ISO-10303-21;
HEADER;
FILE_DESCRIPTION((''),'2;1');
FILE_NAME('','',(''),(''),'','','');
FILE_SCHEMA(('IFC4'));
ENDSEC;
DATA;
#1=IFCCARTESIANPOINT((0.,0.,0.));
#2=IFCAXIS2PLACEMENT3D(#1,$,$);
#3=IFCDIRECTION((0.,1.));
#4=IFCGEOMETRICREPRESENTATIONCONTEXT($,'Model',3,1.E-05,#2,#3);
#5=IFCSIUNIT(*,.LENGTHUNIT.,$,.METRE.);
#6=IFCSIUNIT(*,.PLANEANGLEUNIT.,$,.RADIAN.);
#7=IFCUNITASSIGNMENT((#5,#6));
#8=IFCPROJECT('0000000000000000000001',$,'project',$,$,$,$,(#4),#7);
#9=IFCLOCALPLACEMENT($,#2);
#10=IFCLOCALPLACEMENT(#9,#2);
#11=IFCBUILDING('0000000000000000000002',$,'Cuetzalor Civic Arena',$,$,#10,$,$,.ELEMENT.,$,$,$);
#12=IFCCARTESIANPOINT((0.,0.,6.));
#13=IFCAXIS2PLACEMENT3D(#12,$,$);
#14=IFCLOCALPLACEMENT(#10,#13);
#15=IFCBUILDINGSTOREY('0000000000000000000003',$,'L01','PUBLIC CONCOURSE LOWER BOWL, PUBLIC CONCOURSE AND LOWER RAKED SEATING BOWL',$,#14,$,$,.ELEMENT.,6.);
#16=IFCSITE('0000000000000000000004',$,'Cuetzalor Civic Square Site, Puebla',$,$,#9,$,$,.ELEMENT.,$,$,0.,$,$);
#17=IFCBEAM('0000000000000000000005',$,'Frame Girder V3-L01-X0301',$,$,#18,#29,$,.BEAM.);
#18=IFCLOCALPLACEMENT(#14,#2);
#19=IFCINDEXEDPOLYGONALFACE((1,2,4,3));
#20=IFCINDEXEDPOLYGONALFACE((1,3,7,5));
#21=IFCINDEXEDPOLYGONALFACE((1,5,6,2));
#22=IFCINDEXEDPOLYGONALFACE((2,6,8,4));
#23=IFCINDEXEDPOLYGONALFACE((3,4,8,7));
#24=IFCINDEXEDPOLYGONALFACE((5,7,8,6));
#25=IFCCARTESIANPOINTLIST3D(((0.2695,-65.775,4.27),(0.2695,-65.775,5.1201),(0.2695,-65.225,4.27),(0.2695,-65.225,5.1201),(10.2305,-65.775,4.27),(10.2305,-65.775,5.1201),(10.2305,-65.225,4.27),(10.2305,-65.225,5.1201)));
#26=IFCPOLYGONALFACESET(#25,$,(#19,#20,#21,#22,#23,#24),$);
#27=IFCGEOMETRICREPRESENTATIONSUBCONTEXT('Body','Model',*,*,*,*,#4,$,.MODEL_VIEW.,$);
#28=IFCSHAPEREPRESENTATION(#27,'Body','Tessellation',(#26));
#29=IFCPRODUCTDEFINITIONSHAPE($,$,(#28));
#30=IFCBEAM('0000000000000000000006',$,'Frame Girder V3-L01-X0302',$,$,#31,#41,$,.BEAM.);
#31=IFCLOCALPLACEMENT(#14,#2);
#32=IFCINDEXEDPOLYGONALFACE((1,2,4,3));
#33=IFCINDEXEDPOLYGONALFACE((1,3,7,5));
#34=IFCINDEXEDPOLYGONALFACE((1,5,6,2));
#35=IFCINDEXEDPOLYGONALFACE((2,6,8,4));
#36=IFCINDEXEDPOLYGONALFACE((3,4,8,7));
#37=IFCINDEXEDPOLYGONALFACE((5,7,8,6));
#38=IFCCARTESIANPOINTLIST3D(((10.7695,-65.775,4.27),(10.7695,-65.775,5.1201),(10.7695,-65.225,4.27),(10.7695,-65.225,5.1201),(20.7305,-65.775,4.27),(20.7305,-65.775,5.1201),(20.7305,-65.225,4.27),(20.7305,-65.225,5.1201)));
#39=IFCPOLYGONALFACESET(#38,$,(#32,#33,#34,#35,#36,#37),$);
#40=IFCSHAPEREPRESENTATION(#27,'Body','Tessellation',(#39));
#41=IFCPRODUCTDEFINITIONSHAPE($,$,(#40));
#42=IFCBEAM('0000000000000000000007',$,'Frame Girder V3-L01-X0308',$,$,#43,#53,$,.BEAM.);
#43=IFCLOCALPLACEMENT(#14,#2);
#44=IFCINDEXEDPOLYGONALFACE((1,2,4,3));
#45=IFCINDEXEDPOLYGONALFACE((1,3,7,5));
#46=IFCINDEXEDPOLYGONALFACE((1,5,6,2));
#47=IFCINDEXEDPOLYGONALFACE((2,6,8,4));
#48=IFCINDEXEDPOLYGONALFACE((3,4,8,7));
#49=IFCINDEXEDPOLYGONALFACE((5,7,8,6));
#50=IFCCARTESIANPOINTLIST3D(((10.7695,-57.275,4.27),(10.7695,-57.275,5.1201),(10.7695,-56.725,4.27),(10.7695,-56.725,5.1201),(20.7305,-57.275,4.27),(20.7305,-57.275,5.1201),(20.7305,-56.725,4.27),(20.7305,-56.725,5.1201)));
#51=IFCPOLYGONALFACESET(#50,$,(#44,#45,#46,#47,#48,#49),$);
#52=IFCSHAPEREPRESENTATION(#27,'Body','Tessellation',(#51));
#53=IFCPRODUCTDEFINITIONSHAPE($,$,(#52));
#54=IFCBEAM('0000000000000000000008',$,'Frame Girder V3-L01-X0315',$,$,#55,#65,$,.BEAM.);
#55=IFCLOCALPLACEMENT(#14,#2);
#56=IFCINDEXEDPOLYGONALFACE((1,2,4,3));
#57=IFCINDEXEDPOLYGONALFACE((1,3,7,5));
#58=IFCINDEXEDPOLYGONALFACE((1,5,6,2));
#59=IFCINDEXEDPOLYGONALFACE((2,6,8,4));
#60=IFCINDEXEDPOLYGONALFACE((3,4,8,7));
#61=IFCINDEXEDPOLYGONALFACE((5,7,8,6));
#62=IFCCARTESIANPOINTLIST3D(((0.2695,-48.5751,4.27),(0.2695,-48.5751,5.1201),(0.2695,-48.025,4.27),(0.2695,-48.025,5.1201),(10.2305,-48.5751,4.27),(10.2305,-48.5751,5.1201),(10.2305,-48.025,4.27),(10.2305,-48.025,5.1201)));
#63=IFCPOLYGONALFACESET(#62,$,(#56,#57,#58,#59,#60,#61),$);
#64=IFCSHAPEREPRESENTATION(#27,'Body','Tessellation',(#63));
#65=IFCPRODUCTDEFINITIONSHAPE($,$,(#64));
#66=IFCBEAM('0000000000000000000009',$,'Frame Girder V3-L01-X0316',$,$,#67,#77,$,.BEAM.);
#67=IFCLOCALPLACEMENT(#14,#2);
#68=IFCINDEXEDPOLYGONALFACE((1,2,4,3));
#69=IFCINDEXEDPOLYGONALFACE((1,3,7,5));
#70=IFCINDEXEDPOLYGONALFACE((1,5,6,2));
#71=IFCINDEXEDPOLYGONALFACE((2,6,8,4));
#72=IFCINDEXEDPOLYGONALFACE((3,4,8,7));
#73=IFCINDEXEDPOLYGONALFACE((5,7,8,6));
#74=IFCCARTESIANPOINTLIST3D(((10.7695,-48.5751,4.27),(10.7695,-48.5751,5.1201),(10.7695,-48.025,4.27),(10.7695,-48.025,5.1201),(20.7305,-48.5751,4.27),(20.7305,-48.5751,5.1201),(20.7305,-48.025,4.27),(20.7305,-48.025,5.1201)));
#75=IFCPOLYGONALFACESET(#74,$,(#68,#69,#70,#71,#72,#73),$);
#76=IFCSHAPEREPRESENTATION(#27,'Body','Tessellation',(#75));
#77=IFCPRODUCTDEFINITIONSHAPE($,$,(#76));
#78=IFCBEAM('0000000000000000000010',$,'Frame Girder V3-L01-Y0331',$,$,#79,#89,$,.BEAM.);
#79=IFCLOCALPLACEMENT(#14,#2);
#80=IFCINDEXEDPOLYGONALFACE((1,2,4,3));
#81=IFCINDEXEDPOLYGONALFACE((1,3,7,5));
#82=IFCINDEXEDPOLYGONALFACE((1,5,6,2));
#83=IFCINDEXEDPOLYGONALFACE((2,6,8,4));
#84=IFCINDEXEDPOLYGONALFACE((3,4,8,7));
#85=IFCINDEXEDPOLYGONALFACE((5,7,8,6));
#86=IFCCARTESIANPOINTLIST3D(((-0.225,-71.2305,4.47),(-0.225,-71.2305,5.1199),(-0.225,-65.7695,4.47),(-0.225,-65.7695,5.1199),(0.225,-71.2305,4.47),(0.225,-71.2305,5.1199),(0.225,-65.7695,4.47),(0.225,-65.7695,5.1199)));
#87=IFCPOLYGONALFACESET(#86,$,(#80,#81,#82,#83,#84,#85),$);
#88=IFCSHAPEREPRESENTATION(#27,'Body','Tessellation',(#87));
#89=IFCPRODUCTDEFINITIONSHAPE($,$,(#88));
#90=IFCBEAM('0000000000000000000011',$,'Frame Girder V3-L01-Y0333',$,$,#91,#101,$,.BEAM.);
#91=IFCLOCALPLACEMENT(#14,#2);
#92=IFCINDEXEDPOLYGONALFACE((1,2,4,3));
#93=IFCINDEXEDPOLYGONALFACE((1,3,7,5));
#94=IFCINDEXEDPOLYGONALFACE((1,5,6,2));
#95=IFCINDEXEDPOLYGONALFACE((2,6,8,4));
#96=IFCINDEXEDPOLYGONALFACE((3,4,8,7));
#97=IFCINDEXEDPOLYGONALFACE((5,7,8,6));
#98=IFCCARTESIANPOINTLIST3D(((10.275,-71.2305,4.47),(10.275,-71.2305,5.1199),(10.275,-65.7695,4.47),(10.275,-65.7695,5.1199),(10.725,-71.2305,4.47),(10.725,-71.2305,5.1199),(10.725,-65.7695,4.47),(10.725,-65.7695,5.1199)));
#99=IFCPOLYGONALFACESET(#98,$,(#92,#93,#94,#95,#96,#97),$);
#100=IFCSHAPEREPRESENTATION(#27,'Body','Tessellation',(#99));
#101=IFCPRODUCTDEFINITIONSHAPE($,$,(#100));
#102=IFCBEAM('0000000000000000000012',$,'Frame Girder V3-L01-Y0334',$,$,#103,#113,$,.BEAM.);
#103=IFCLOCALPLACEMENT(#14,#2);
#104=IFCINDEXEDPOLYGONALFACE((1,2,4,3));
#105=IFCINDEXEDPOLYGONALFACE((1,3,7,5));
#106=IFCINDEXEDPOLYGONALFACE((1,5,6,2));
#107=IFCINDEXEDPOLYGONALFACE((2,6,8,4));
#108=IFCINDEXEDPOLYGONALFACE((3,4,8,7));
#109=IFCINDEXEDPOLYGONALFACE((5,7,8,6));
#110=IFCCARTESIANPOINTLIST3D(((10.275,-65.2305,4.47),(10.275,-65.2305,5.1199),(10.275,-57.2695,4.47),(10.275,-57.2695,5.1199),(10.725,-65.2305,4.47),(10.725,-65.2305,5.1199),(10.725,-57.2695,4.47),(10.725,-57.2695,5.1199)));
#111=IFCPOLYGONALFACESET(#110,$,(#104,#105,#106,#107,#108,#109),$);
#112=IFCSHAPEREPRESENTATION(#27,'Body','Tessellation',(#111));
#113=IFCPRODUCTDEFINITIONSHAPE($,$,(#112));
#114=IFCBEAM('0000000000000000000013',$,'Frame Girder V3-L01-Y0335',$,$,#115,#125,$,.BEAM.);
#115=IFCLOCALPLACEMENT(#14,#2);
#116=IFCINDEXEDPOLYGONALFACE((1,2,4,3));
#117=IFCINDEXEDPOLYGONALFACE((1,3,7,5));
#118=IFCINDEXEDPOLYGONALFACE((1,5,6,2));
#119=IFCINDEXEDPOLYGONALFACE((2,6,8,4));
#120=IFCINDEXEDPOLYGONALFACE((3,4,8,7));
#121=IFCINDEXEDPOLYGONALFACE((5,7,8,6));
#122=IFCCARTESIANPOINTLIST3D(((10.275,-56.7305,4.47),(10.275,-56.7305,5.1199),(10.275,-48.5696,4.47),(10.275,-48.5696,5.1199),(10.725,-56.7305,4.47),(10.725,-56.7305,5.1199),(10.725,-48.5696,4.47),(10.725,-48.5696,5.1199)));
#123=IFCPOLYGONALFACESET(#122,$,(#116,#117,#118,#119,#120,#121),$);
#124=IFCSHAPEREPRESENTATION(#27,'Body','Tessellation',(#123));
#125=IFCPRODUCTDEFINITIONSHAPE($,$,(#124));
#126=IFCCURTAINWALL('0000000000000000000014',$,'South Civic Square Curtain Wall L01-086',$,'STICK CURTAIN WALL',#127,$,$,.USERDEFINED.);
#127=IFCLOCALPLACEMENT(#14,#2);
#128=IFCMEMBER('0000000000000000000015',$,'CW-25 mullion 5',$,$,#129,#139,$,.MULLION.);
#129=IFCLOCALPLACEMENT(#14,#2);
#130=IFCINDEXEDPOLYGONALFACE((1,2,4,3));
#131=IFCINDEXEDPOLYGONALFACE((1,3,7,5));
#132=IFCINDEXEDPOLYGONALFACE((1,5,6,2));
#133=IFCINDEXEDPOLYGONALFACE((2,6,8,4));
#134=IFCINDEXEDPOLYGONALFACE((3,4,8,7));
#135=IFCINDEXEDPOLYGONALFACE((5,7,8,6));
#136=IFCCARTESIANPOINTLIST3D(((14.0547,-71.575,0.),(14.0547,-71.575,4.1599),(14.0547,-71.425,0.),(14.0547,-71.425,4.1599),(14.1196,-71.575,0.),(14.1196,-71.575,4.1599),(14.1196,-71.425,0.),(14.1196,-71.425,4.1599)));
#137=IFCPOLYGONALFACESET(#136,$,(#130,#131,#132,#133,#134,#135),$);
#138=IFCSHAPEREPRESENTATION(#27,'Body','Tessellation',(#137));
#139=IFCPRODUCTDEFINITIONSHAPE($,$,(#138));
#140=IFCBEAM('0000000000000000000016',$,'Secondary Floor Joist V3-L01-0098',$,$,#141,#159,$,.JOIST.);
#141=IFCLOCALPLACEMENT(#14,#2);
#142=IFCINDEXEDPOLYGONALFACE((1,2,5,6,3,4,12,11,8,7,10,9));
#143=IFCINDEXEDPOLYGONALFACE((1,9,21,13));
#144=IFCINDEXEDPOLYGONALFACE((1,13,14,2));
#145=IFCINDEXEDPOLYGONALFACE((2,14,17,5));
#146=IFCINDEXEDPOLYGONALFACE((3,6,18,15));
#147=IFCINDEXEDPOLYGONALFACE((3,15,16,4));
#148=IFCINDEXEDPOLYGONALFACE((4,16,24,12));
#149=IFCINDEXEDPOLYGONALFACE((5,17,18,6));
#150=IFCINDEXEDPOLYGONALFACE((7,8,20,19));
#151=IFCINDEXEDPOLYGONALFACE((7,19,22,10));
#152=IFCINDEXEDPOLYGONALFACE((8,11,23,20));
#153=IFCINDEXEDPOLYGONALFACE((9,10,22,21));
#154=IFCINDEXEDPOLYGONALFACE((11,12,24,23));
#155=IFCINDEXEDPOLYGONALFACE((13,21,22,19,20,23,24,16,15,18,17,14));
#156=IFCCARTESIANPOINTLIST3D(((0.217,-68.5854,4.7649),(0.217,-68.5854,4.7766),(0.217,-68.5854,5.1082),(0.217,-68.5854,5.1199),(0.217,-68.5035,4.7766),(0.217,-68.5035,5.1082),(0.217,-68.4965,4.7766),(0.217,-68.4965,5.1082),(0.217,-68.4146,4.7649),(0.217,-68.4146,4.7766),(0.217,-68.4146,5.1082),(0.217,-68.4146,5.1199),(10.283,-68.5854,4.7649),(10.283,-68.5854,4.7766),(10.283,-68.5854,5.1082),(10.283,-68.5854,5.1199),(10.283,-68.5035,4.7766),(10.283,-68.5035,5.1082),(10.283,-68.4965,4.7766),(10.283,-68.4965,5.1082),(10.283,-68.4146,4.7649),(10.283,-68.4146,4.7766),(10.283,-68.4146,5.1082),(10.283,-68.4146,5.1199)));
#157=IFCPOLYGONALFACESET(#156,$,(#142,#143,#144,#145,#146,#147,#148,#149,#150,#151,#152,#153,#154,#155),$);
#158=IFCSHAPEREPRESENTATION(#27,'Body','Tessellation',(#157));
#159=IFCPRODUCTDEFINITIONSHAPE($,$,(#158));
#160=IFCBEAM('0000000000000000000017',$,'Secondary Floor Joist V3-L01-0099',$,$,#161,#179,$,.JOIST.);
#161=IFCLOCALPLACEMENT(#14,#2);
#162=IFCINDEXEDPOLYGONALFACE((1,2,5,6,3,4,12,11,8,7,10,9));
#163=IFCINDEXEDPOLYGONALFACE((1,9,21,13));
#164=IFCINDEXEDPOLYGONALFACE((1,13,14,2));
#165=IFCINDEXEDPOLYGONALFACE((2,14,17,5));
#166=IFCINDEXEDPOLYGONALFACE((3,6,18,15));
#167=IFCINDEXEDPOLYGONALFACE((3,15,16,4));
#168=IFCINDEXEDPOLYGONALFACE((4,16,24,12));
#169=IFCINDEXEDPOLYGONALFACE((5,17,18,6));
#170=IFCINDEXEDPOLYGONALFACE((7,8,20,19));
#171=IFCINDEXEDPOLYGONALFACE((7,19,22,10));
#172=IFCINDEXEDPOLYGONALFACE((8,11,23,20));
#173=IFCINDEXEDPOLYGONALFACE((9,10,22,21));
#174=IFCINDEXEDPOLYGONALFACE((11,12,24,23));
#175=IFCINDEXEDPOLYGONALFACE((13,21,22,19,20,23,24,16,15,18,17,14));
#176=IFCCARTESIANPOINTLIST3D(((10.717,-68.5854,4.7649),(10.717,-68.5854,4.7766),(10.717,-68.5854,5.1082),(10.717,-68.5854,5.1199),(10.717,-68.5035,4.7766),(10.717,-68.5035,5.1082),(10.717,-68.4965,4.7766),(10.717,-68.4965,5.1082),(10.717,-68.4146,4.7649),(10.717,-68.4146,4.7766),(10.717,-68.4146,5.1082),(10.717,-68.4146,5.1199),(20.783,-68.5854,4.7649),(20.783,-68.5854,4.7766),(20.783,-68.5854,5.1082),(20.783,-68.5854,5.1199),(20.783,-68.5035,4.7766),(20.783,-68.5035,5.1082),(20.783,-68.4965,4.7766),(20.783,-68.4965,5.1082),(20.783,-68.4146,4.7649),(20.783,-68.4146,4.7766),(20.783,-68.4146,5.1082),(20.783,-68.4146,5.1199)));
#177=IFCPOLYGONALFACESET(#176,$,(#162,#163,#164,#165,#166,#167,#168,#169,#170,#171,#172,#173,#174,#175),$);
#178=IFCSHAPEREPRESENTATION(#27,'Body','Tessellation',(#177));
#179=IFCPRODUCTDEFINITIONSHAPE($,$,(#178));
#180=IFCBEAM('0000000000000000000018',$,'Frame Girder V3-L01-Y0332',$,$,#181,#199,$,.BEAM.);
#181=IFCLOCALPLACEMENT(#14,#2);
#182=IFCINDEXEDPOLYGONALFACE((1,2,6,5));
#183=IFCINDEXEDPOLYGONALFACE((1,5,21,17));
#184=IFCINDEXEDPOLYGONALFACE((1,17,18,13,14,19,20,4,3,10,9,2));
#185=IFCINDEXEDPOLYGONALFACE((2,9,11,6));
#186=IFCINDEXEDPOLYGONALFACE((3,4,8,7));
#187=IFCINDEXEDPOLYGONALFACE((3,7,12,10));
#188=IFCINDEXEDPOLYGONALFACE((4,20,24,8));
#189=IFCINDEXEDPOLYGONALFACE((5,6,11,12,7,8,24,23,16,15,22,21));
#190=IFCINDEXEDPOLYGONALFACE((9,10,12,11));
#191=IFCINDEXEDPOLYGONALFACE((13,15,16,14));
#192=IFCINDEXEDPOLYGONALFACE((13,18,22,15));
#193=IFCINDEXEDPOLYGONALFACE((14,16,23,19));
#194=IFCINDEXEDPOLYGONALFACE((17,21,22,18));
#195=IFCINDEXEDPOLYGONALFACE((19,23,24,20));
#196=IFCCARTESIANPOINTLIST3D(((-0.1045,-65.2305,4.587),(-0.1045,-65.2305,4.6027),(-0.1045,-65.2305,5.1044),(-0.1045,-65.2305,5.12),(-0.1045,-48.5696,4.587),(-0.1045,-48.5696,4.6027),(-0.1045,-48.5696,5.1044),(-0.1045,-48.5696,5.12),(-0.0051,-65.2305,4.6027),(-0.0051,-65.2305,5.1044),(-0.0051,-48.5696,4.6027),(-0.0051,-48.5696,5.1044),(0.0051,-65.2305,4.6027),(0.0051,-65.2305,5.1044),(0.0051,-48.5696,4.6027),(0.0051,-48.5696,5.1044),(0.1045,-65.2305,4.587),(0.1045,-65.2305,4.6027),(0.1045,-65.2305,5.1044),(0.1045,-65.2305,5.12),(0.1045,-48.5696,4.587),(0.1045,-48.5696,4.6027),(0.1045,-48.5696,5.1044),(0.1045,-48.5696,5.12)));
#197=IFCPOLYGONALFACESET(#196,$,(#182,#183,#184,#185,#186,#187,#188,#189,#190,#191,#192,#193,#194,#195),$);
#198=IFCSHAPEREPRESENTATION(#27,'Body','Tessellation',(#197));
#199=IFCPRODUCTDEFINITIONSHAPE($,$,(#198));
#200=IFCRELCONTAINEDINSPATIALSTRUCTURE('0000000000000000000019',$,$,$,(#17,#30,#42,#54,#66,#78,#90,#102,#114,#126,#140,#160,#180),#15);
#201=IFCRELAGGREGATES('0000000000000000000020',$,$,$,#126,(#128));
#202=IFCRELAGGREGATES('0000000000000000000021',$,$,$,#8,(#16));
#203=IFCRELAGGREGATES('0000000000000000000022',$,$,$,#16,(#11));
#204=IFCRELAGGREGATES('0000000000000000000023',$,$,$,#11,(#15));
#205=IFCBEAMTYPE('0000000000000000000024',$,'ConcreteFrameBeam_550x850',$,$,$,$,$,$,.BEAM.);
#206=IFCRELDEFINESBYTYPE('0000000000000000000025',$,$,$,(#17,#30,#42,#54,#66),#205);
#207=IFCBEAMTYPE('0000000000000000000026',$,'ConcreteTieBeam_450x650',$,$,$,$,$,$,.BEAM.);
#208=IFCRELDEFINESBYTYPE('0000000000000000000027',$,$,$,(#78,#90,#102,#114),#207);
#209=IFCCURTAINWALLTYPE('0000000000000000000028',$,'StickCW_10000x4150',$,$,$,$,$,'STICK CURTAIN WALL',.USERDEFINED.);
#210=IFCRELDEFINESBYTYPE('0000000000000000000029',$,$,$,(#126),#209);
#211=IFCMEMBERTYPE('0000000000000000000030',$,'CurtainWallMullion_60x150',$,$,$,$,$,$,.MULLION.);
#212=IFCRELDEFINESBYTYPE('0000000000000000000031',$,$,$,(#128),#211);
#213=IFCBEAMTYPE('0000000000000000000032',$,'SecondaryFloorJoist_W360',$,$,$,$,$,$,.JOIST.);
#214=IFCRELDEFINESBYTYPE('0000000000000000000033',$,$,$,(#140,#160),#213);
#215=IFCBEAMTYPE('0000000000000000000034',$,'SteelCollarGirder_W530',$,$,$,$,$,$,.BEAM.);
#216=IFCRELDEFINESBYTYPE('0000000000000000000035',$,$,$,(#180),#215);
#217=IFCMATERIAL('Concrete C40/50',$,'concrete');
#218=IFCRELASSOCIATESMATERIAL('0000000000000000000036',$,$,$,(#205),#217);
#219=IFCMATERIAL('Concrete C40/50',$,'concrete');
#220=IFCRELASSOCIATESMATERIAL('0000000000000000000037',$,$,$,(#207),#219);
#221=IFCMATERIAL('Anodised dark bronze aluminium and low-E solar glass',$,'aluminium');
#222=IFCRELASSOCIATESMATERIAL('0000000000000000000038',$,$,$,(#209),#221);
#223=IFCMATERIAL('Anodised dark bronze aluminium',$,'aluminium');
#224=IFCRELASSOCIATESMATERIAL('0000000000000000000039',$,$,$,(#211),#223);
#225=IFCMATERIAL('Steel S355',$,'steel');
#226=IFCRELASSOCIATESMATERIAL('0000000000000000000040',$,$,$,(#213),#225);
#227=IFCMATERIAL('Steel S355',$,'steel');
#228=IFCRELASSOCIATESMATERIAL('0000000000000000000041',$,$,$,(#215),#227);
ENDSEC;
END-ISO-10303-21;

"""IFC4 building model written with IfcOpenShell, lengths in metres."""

from ifc_helpers import new_model, si_unit, direction, frame, origin, origin_2d, place, context, subcontext, project, spatial, rectangle, i_section, extrude, material, material_profile, profile_set, type_object, element, aggregate, save


model = new_model("IFC4")

# Units and contexts
model_context = context("Model", 3, precision=1e-05, world=origin(), true_north=direction((0.0, 1.0)))
body_context = subcontext(model_context, "Body", "Model", "MODEL_VIEW")
ifc_project = project(units=[si_unit("LENGTHUNIT", "METRE"), si_unit("PLANEANGLEUNIT", "RADIAN")], contexts=[model_context])

# Site, building, storey
site_placement = place(None, origin())
site = spatial("IfcSite", under=ifc_project, at=site_placement, Name="Cuetzalor Civic Square Site, Puebla", CompositionType="ELEMENT", RefElevation=0.0)
building_placement = place(site_placement, origin())
building = spatial("IfcBuilding", under=site, at=building_placement, Name="Cuetzalor Civic Arena", CompositionType="ELEMENT")
storey_placement = place(building_placement, frame((0.0, 0.0, 6.0)))
storey = spatial("IfcBuildingStorey", under=building, at=storey_placement, Name="L01", Description="PUBLIC CONCOURSE LOWER BOWL, PUBLIC CONCOURSE AND LOWER RAKED SEATING BOWL", CompositionType="ELEMENT", Elevation=6.0)

# Beams
ifc_material_1 = material(Name="Concrete C40/50", Category="concrete")
ifc_material_profile_1 = material_profile(ifc_material_1, rectangle(XDim=0.55, YDim=0.8501, at=origin_2d()), Name="RC 550x850")
ifc_profile_set_1 = profile_set([ifc_material_profile_1], Name="Concrete C40/50")
beam_type_1 = type_object("IfcBeamType", Name="ConcreteFrameBeam_550x850", PredefinedType="BEAM", material=ifc_profile_set_1)
for number, where, z_axis, x_axis, name in (
    (1, (0.2695, -65.5, 4.6951), (1.0, 0.0, 0.0), (0.0, 1.0, 0.0), "Frame Girder V3-L01-X0301"),
    (2, (10.7695, -65.5, 4.6951), (1.0, 0.0, 0.0), (0.0, 1.0, 0.0), "Frame Girder V3-L01-X0302"),
    (3, (10.7695, -57.0, 4.6951), (1.0, 0.0, 0.0), (0.0, 1.0, 0.0), "Frame Girder V3-L01-X0308"),
    (4, (0.2695, -48.3, 4.6951), (1.0, 0.0, 0.0), (0.0, 1.0, 0.0), "Frame Girder V3-L01-X0315"),
    (5, (10.7695, -48.3, 4.6951), (1.0, 0.0, 0.0), (0.0, 1.0, 0.0), "Frame Girder V3-L01-X0316"),
):
    element("IfcBeam", number, at=place(storey_placement, frame(where, z_axis=z_axis, x_axis=x_axis)), inside=storey, type_object=beam_type_1, Name=name, PredefinedType="BEAM", context=body_context, shape_type="SweptSolid", body=[
        extrude(rectangle(XDim=0.55, YDim=0.8501, at=origin_2d()), origin(), (0.0, 0.0, 1.0), 9.9609),
    ])
ifc_material_2 = material(Name="Concrete C40/50", Category="concrete")
ifc_material_profile_2 = material_profile(ifc_material_2, rectangle(XDim=0.45, YDim=0.6499, at=origin_2d()), Name="RC 450x650")
ifc_profile_set_2 = profile_set([ifc_material_profile_2], Name="Concrete C40/50")
beam_type_2 = type_object("IfcBeamType", Name="ConcreteTieBeam_450x650", PredefinedType="BEAM", material=ifc_profile_set_2)
for number, where, z_axis, x_axis, name in (
    (6, (0.0, -71.2305, 4.7949), (0.0, 1.0, 0.0), (-1.0, 0.0, 0.0), "Frame Girder V3-L01-Y0331"),
    (7, (10.5, -71.2305, 4.7949), (0.0, 1.0, 0.0), (-1.0, 0.0, 0.0), "Frame Girder V3-L01-Y0333"),
):
    element("IfcBeam", number, at=place(storey_placement, frame(where, z_axis=z_axis, x_axis=x_axis)), inside=storey, type_object=beam_type_2, Name=name, PredefinedType="BEAM", context=body_context, shape_type="SweptSolid", body=[
        extrude(rectangle(XDim=0.45, YDim=0.6499, at=origin_2d()), origin(), (0.0, 0.0, 1.0), 5.4609),
    ])
beam_1_placement = place(storey_placement, frame((10.5, -65.2305, 4.7949), z_axis=(0.0, 1.0, 0.0), x_axis=(-1.0, 0.0, 0.0)))
element("IfcBeam", 8, at=beam_1_placement, inside=storey, type_object=beam_type_2, Name="Frame Girder V3-L01-Y0334", PredefinedType="BEAM", context=body_context, shape_type="SweptSolid", body=[
    extrude(rectangle(XDim=0.45, YDim=0.6499, at=origin_2d()), origin(), (0.0, 0.0, 1.0), 7.9609),
])
beam_2_placement = place(storey_placement, frame((10.5, -56.7305, 4.7949), z_axis=(0.0, 1.0, 0.0), x_axis=(-1.0, 0.0, 0.0)))
element("IfcBeam", 9, at=beam_2_placement, inside=storey, type_object=beam_type_2, Name="Frame Girder V3-L01-Y0335", PredefinedType="BEAM", context=body_context, shape_type="SweptSolid", body=[
    extrude(rectangle(XDim=0.45, YDim=0.6499, at=origin_2d()), origin(), (0.0, 0.0, 1.0), 8.1609),
])

# Curtain wall, member
ifc_material_3 = material(Name="Anodised dark bronze aluminium and low-E solar glass", Category="aluminium")
curtain_wall_type = type_object("IfcCurtainWallType", Name="StickCW_10000x4150", ElementType="STICK CURTAIN WALL", PredefinedType="USERDEFINED", material=ifc_material_3)
curtain_wall_placement = place(storey_placement, origin())
curtain_wall = element("IfcCurtainWall", 10, at=curtain_wall_placement, inside=storey, type_object=curtain_wall_type, Name="South Civic Square Curtain Wall L01-086", ObjectType="STICK CURTAIN WALL", PredefinedType="USERDEFINED")
ifc_material_4 = material(Name="Anodised dark bronze aluminium", Category="aluminium")
ifc_material_profile_3 = material_profile(ifc_material_4, rectangle(XDim=0.0649, YDim=0.1499, at=origin_2d()), Name="ALU MULLION 65x150")
ifc_profile_set_3 = profile_set([ifc_material_profile_3], Name="Anodised dark bronze aluminium")
member_type = type_object("IfcMemberType", Name="CurtainWallMullion_60x150", PredefinedType="MULLION", material=ifc_profile_set_3)
member_placement = place(storey_placement, frame((14.0872, -71.5, 0.0), z_axis=(0.0, 0.0, 1.0), x_axis=(-1.0, 0.0, 0.0)))
member = element("IfcMember", 11, at=member_placement, type_object=member_type, Name="CW-25 mullion 5", PredefinedType="MULLION", context=body_context, shape_type="SweptSolid", body=[
    extrude(rectangle(XDim=0.0649, YDim=0.1499, at=origin_2d()), origin(), (0.0, 0.0, 1.0), 4.1599),
])

# Beams
ifc_material_5 = material(Name="Steel S355", Category="steel")
ifc_material_profile_4 = material_profile(ifc_material_5, i_section(OverallWidth=0.1709, OverallDepth=0.355, WebThickness=0.0071, FlangeThickness=0.0117, at=origin_2d()), Name="W360x51")
ifc_profile_set_4 = profile_set([ifc_material_profile_4], Name="Steel S355")
beam_type_3 = type_object("IfcBeamType", Name="SecondaryFloorJoist_W360", PredefinedType="JOIST", material=ifc_profile_set_4)
for number, where, z_axis, x_axis, name in (
    (12, (0.217, -68.5, 4.9424), (1.0, 0.0, 0.0), (0.0, 1.0, 0.0), "Secondary Floor Joist V3-L01-0098"),
    (13, (10.717, -68.5, 4.9424), (1.0, 0.0, 0.0), (0.0, 1.0, 0.0), "Secondary Floor Joist V3-L01-0099"),
):
    element("IfcBeam", number, at=place(storey_placement, frame(where, z_axis=z_axis, x_axis=x_axis)), inside=storey, type_object=beam_type_3, Name=name, PredefinedType="JOIST", context=body_context, shape_type="SweptSolid", body=[
        extrude(i_section(OverallWidth=0.1709, OverallDepth=0.355, WebThickness=0.0071, FlangeThickness=0.0117, at=origin_2d()), origin(), (0.0, 0.0, 1.0), 10.0659),
    ])
ifc_material_6 = material(Name="Steel S355", Category="steel")
ifc_material_profile_5 = material_profile(ifc_material_6, i_section(OverallWidth=0.209, OverallDepth=0.533, WebThickness=0.0103, FlangeThickness=0.0156, at=origin_2d()), Name="W530x92")
ifc_profile_set_5 = profile_set([ifc_material_profile_5], Name="Steel S355")
beam_type_4 = type_object("IfcBeamType", Name="SteelCollarGirder_W530", PredefinedType="BEAM", material=ifc_profile_set_5)
beam_3_placement = place(storey_placement, frame((0.0, -65.2305, 4.8535), z_axis=(0.0, 1.0, 0.0), x_axis=(-1.0, 0.0, 0.0)))
element("IfcBeam", 14, at=beam_3_placement, inside=storey, type_object=beam_type_4, Name="Frame Girder V3-L01-Y0332", PredefinedType="BEAM", context=body_context, shape_type="SweptSolid", body=[
    extrude(i_section(OverallWidth=0.209, OverallDepth=0.533, WebThickness=0.0103, FlangeThickness=0.0156, at=origin_2d()), origin(), (0.0, 0.0, 1.0), 16.6609),
])

aggregate(curtain_wall, [member])

save(model, "model.ifc")
